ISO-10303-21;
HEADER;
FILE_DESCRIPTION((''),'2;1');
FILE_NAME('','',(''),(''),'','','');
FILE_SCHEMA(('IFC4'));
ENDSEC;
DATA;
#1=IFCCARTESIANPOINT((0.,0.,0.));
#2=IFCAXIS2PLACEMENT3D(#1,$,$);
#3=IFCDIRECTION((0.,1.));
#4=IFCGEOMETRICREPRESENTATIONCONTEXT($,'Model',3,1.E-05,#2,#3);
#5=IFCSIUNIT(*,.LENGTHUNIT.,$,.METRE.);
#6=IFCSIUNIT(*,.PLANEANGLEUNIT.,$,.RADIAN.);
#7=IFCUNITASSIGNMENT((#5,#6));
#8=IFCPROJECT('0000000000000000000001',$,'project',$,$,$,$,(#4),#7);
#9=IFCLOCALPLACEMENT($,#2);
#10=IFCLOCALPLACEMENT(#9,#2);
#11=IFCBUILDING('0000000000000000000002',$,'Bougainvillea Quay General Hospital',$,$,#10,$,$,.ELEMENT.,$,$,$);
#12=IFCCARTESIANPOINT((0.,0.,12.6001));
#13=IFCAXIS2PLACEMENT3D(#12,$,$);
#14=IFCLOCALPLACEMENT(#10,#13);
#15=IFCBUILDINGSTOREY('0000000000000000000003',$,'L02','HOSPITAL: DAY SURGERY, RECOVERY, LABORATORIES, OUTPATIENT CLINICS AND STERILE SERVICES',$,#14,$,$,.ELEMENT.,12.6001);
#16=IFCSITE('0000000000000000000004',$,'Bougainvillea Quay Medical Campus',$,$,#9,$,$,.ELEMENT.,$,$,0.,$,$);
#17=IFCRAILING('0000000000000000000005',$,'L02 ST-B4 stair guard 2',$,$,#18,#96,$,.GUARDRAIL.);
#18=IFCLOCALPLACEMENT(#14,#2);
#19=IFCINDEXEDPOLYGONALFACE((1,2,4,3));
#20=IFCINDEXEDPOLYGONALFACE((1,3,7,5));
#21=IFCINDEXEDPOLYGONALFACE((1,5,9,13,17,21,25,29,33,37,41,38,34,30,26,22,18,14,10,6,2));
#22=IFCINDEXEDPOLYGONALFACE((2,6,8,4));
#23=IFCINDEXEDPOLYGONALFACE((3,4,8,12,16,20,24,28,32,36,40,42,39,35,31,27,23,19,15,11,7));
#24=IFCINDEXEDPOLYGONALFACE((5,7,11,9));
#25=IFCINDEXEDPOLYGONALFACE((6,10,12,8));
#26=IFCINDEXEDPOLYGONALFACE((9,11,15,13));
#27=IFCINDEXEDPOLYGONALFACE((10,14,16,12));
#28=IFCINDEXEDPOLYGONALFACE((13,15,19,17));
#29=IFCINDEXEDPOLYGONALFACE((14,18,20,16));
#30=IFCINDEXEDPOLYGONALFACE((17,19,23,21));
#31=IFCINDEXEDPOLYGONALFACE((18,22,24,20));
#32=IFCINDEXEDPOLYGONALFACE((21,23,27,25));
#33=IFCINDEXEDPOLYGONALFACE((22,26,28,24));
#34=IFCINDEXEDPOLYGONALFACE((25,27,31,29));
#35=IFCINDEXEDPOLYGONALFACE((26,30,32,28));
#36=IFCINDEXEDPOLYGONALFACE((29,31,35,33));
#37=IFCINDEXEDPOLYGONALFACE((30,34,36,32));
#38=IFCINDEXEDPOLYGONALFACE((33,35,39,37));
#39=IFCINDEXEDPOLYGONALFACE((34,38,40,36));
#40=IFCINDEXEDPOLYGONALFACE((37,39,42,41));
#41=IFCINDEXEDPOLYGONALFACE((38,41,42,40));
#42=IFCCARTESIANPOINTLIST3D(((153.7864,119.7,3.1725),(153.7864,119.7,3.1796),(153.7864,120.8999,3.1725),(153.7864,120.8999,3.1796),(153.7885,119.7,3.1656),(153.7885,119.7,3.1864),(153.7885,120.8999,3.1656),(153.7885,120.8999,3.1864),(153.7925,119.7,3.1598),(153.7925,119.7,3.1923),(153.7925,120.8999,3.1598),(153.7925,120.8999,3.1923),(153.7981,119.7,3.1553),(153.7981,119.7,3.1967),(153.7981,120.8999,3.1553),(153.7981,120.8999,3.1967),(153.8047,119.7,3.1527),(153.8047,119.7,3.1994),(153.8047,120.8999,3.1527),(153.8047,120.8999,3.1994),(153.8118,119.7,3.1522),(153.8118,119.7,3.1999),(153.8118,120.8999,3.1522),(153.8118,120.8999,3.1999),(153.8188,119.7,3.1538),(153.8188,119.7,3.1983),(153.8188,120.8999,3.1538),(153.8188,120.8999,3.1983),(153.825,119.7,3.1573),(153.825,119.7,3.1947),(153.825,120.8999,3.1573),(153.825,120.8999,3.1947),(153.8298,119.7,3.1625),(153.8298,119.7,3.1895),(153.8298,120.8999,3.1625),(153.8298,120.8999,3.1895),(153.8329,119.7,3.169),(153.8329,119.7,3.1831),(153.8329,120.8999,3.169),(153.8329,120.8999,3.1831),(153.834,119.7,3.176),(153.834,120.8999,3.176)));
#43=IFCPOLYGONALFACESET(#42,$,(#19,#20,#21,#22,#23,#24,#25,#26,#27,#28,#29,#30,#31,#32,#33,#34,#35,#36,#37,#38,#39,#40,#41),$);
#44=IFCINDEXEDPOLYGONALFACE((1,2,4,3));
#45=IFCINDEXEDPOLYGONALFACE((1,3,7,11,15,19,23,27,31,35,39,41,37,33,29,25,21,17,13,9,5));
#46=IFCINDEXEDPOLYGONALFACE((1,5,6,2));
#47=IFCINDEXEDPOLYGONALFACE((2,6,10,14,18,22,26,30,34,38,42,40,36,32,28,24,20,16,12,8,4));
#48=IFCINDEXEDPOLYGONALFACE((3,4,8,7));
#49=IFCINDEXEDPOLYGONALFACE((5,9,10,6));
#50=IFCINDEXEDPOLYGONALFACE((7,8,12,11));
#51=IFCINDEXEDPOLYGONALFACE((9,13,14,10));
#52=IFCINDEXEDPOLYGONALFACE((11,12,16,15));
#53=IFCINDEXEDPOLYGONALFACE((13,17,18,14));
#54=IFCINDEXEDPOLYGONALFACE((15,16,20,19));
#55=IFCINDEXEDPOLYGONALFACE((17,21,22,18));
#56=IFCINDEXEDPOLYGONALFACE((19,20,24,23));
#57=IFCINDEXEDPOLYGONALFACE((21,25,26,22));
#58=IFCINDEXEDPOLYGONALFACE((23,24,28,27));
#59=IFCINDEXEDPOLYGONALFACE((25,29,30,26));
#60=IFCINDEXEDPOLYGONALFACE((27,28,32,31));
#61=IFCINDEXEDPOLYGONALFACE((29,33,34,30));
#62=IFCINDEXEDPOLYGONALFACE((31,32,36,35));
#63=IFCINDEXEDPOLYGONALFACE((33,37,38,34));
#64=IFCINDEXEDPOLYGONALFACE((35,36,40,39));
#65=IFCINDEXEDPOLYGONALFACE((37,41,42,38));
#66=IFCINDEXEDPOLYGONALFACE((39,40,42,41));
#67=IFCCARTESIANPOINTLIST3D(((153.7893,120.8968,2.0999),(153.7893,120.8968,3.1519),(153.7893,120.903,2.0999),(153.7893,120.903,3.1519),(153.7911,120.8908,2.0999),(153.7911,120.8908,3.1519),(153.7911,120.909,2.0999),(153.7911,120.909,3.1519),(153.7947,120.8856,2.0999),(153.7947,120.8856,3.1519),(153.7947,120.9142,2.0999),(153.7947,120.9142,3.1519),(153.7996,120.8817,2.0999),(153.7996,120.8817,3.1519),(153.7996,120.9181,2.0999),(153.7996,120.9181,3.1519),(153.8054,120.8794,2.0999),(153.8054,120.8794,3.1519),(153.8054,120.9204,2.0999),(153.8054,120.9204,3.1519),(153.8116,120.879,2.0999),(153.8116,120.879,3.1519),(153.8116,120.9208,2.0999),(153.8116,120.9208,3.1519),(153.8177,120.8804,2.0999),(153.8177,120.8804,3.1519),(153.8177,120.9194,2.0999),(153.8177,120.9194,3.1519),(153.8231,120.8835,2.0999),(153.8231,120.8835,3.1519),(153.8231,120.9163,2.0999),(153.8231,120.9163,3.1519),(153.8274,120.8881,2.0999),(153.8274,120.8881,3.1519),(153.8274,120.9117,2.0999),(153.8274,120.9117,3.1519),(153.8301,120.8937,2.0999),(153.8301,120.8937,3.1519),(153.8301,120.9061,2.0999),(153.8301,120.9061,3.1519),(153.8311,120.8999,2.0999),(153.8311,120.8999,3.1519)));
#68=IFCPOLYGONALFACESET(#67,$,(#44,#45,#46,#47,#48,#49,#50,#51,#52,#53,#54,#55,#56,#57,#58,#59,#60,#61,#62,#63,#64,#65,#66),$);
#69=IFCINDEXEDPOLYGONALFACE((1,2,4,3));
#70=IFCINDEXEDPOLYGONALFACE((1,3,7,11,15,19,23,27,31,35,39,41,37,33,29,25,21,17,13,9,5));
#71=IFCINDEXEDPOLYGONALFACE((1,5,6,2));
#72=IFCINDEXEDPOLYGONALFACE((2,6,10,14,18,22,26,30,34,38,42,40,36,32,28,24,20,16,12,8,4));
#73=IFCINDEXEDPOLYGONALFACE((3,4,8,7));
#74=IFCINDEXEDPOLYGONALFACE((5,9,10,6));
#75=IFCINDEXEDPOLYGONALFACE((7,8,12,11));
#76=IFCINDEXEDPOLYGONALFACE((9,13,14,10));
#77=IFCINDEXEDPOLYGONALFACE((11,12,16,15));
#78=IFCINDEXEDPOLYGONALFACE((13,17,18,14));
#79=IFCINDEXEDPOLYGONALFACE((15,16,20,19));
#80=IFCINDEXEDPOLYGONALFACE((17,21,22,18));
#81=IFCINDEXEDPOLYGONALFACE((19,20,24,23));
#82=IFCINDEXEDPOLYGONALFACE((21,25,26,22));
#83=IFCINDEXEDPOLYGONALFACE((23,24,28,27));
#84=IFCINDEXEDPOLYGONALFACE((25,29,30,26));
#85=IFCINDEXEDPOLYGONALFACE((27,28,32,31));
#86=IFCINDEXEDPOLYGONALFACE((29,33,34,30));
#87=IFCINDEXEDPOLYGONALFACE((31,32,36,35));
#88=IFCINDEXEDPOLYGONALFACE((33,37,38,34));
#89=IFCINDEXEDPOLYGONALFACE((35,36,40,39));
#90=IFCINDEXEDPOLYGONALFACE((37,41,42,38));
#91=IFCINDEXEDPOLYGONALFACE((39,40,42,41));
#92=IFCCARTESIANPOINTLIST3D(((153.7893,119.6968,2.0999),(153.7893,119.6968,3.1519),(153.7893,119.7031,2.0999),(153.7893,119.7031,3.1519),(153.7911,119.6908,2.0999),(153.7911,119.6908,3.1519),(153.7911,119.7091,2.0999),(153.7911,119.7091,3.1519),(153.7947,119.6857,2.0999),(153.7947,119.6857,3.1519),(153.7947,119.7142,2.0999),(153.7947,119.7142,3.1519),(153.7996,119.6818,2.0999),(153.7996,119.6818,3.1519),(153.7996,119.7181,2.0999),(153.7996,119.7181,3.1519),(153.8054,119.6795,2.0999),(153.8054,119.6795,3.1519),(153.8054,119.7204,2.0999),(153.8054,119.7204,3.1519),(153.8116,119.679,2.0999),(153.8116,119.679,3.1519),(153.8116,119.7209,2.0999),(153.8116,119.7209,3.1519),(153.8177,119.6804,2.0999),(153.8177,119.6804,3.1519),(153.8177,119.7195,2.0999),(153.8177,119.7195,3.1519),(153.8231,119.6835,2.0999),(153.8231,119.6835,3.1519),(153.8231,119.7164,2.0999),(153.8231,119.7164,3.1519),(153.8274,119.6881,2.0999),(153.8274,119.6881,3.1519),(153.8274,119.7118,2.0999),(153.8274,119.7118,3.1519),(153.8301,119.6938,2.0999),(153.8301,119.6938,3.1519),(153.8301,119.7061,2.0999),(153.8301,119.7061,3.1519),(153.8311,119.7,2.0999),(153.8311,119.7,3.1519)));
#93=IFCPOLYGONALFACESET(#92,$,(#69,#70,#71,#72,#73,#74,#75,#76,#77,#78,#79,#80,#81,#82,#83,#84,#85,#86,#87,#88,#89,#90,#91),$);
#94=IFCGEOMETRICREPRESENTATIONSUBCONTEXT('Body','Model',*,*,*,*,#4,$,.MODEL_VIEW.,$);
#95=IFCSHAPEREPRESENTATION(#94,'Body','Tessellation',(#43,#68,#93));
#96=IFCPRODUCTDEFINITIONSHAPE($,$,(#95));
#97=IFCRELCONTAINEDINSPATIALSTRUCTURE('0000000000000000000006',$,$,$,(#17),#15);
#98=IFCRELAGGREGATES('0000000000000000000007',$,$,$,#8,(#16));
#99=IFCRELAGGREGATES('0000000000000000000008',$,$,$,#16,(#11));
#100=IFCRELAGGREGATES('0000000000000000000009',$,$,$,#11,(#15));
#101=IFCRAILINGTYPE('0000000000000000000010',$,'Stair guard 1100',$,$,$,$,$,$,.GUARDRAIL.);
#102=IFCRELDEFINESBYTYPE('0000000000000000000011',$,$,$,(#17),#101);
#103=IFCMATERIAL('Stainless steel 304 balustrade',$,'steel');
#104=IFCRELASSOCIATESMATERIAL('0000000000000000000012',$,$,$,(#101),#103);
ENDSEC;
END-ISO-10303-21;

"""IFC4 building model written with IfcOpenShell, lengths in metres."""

from ifc_helpers import new_model, si_unit, direction, frame, origin, origin_2d, place, context, subcontext, project, spatial, circle, extrude, material, type_object, element, save


model = new_model("IFC4")

# Units and contexts
model_context = context("Model", 3, precision=1e-05, world=origin(), true_north=direction((0.0, 1.0)))
body_context = subcontext(model_context, "Body", "Model", "MODEL_VIEW")
ifc_project = project(units=[si_unit("LENGTHUNIT", "METRE"), si_unit("PLANEANGLEUNIT", "RADIAN")], contexts=[model_context])

# Site, building, storey
site_placement = place(None, origin())
site = spatial("IfcSite", under=ifc_project, at=site_placement, Name="Bougainvillea Quay Medical Campus", CompositionType="ELEMENT", RefElevation=0.0)
building_placement = place(site_placement, origin())
building = spatial("IfcBuilding", under=site, at=building_placement, Name="Bougainvillea Quay General Hospital", CompositionType="ELEMENT")
storey_placement = place(building_placement, frame((0.0, 0.0, 12.6001)))
storey = spatial("IfcBuildingStorey", under=building, at=storey_placement, Name="L02", Description="HOSPITAL: DAY SURGERY, RECOVERY, LABORATORIES, OUTPATIENT CLINICS AND STERILE SERVICES", CompositionType="ELEMENT", Elevation=12.6001)

# Railing
ifc_material_1 = material(Name="Stainless steel 304 balustrade", Category="steel")
railing_type_1 = type_object("IfcRailingType", Name="Stair guard 1100", PredefinedType="GUARDRAIL", material=ifc_material_1)
railing_1_placement = place(storey_placement, frame((153.8101, 120.8999, 2.0999)))
element("IfcRailing", 1, at=railing_1_placement, inside=storey, type_object=railing_type_1, Name="L02 ST-B4 stair guard 2", PredefinedType="GUARDRAIL", context=body_context, shape_type="SweptSolid", body=[
    extrude(circle(Radius=0.0239, at=origin_2d()), frame((0.0, 0.0, 1.0762), z_axis=(0.0, -1.0, 0.0), x_axis=(1.0, 0.0, 0.0)), (0.0, 0.0, 1.0), 1.2),
    extrude(circle(Radius=0.021, at=origin_2d()), origin(), (0.0, 0.0, 1.0), 1.052),
    extrude(circle(Radius=0.021, at=origin_2d()), frame((0.0, -1.2, 0.0)), (0.0, 0.0, 1.0), 1.052),
])

save(model, "model.ifc")
